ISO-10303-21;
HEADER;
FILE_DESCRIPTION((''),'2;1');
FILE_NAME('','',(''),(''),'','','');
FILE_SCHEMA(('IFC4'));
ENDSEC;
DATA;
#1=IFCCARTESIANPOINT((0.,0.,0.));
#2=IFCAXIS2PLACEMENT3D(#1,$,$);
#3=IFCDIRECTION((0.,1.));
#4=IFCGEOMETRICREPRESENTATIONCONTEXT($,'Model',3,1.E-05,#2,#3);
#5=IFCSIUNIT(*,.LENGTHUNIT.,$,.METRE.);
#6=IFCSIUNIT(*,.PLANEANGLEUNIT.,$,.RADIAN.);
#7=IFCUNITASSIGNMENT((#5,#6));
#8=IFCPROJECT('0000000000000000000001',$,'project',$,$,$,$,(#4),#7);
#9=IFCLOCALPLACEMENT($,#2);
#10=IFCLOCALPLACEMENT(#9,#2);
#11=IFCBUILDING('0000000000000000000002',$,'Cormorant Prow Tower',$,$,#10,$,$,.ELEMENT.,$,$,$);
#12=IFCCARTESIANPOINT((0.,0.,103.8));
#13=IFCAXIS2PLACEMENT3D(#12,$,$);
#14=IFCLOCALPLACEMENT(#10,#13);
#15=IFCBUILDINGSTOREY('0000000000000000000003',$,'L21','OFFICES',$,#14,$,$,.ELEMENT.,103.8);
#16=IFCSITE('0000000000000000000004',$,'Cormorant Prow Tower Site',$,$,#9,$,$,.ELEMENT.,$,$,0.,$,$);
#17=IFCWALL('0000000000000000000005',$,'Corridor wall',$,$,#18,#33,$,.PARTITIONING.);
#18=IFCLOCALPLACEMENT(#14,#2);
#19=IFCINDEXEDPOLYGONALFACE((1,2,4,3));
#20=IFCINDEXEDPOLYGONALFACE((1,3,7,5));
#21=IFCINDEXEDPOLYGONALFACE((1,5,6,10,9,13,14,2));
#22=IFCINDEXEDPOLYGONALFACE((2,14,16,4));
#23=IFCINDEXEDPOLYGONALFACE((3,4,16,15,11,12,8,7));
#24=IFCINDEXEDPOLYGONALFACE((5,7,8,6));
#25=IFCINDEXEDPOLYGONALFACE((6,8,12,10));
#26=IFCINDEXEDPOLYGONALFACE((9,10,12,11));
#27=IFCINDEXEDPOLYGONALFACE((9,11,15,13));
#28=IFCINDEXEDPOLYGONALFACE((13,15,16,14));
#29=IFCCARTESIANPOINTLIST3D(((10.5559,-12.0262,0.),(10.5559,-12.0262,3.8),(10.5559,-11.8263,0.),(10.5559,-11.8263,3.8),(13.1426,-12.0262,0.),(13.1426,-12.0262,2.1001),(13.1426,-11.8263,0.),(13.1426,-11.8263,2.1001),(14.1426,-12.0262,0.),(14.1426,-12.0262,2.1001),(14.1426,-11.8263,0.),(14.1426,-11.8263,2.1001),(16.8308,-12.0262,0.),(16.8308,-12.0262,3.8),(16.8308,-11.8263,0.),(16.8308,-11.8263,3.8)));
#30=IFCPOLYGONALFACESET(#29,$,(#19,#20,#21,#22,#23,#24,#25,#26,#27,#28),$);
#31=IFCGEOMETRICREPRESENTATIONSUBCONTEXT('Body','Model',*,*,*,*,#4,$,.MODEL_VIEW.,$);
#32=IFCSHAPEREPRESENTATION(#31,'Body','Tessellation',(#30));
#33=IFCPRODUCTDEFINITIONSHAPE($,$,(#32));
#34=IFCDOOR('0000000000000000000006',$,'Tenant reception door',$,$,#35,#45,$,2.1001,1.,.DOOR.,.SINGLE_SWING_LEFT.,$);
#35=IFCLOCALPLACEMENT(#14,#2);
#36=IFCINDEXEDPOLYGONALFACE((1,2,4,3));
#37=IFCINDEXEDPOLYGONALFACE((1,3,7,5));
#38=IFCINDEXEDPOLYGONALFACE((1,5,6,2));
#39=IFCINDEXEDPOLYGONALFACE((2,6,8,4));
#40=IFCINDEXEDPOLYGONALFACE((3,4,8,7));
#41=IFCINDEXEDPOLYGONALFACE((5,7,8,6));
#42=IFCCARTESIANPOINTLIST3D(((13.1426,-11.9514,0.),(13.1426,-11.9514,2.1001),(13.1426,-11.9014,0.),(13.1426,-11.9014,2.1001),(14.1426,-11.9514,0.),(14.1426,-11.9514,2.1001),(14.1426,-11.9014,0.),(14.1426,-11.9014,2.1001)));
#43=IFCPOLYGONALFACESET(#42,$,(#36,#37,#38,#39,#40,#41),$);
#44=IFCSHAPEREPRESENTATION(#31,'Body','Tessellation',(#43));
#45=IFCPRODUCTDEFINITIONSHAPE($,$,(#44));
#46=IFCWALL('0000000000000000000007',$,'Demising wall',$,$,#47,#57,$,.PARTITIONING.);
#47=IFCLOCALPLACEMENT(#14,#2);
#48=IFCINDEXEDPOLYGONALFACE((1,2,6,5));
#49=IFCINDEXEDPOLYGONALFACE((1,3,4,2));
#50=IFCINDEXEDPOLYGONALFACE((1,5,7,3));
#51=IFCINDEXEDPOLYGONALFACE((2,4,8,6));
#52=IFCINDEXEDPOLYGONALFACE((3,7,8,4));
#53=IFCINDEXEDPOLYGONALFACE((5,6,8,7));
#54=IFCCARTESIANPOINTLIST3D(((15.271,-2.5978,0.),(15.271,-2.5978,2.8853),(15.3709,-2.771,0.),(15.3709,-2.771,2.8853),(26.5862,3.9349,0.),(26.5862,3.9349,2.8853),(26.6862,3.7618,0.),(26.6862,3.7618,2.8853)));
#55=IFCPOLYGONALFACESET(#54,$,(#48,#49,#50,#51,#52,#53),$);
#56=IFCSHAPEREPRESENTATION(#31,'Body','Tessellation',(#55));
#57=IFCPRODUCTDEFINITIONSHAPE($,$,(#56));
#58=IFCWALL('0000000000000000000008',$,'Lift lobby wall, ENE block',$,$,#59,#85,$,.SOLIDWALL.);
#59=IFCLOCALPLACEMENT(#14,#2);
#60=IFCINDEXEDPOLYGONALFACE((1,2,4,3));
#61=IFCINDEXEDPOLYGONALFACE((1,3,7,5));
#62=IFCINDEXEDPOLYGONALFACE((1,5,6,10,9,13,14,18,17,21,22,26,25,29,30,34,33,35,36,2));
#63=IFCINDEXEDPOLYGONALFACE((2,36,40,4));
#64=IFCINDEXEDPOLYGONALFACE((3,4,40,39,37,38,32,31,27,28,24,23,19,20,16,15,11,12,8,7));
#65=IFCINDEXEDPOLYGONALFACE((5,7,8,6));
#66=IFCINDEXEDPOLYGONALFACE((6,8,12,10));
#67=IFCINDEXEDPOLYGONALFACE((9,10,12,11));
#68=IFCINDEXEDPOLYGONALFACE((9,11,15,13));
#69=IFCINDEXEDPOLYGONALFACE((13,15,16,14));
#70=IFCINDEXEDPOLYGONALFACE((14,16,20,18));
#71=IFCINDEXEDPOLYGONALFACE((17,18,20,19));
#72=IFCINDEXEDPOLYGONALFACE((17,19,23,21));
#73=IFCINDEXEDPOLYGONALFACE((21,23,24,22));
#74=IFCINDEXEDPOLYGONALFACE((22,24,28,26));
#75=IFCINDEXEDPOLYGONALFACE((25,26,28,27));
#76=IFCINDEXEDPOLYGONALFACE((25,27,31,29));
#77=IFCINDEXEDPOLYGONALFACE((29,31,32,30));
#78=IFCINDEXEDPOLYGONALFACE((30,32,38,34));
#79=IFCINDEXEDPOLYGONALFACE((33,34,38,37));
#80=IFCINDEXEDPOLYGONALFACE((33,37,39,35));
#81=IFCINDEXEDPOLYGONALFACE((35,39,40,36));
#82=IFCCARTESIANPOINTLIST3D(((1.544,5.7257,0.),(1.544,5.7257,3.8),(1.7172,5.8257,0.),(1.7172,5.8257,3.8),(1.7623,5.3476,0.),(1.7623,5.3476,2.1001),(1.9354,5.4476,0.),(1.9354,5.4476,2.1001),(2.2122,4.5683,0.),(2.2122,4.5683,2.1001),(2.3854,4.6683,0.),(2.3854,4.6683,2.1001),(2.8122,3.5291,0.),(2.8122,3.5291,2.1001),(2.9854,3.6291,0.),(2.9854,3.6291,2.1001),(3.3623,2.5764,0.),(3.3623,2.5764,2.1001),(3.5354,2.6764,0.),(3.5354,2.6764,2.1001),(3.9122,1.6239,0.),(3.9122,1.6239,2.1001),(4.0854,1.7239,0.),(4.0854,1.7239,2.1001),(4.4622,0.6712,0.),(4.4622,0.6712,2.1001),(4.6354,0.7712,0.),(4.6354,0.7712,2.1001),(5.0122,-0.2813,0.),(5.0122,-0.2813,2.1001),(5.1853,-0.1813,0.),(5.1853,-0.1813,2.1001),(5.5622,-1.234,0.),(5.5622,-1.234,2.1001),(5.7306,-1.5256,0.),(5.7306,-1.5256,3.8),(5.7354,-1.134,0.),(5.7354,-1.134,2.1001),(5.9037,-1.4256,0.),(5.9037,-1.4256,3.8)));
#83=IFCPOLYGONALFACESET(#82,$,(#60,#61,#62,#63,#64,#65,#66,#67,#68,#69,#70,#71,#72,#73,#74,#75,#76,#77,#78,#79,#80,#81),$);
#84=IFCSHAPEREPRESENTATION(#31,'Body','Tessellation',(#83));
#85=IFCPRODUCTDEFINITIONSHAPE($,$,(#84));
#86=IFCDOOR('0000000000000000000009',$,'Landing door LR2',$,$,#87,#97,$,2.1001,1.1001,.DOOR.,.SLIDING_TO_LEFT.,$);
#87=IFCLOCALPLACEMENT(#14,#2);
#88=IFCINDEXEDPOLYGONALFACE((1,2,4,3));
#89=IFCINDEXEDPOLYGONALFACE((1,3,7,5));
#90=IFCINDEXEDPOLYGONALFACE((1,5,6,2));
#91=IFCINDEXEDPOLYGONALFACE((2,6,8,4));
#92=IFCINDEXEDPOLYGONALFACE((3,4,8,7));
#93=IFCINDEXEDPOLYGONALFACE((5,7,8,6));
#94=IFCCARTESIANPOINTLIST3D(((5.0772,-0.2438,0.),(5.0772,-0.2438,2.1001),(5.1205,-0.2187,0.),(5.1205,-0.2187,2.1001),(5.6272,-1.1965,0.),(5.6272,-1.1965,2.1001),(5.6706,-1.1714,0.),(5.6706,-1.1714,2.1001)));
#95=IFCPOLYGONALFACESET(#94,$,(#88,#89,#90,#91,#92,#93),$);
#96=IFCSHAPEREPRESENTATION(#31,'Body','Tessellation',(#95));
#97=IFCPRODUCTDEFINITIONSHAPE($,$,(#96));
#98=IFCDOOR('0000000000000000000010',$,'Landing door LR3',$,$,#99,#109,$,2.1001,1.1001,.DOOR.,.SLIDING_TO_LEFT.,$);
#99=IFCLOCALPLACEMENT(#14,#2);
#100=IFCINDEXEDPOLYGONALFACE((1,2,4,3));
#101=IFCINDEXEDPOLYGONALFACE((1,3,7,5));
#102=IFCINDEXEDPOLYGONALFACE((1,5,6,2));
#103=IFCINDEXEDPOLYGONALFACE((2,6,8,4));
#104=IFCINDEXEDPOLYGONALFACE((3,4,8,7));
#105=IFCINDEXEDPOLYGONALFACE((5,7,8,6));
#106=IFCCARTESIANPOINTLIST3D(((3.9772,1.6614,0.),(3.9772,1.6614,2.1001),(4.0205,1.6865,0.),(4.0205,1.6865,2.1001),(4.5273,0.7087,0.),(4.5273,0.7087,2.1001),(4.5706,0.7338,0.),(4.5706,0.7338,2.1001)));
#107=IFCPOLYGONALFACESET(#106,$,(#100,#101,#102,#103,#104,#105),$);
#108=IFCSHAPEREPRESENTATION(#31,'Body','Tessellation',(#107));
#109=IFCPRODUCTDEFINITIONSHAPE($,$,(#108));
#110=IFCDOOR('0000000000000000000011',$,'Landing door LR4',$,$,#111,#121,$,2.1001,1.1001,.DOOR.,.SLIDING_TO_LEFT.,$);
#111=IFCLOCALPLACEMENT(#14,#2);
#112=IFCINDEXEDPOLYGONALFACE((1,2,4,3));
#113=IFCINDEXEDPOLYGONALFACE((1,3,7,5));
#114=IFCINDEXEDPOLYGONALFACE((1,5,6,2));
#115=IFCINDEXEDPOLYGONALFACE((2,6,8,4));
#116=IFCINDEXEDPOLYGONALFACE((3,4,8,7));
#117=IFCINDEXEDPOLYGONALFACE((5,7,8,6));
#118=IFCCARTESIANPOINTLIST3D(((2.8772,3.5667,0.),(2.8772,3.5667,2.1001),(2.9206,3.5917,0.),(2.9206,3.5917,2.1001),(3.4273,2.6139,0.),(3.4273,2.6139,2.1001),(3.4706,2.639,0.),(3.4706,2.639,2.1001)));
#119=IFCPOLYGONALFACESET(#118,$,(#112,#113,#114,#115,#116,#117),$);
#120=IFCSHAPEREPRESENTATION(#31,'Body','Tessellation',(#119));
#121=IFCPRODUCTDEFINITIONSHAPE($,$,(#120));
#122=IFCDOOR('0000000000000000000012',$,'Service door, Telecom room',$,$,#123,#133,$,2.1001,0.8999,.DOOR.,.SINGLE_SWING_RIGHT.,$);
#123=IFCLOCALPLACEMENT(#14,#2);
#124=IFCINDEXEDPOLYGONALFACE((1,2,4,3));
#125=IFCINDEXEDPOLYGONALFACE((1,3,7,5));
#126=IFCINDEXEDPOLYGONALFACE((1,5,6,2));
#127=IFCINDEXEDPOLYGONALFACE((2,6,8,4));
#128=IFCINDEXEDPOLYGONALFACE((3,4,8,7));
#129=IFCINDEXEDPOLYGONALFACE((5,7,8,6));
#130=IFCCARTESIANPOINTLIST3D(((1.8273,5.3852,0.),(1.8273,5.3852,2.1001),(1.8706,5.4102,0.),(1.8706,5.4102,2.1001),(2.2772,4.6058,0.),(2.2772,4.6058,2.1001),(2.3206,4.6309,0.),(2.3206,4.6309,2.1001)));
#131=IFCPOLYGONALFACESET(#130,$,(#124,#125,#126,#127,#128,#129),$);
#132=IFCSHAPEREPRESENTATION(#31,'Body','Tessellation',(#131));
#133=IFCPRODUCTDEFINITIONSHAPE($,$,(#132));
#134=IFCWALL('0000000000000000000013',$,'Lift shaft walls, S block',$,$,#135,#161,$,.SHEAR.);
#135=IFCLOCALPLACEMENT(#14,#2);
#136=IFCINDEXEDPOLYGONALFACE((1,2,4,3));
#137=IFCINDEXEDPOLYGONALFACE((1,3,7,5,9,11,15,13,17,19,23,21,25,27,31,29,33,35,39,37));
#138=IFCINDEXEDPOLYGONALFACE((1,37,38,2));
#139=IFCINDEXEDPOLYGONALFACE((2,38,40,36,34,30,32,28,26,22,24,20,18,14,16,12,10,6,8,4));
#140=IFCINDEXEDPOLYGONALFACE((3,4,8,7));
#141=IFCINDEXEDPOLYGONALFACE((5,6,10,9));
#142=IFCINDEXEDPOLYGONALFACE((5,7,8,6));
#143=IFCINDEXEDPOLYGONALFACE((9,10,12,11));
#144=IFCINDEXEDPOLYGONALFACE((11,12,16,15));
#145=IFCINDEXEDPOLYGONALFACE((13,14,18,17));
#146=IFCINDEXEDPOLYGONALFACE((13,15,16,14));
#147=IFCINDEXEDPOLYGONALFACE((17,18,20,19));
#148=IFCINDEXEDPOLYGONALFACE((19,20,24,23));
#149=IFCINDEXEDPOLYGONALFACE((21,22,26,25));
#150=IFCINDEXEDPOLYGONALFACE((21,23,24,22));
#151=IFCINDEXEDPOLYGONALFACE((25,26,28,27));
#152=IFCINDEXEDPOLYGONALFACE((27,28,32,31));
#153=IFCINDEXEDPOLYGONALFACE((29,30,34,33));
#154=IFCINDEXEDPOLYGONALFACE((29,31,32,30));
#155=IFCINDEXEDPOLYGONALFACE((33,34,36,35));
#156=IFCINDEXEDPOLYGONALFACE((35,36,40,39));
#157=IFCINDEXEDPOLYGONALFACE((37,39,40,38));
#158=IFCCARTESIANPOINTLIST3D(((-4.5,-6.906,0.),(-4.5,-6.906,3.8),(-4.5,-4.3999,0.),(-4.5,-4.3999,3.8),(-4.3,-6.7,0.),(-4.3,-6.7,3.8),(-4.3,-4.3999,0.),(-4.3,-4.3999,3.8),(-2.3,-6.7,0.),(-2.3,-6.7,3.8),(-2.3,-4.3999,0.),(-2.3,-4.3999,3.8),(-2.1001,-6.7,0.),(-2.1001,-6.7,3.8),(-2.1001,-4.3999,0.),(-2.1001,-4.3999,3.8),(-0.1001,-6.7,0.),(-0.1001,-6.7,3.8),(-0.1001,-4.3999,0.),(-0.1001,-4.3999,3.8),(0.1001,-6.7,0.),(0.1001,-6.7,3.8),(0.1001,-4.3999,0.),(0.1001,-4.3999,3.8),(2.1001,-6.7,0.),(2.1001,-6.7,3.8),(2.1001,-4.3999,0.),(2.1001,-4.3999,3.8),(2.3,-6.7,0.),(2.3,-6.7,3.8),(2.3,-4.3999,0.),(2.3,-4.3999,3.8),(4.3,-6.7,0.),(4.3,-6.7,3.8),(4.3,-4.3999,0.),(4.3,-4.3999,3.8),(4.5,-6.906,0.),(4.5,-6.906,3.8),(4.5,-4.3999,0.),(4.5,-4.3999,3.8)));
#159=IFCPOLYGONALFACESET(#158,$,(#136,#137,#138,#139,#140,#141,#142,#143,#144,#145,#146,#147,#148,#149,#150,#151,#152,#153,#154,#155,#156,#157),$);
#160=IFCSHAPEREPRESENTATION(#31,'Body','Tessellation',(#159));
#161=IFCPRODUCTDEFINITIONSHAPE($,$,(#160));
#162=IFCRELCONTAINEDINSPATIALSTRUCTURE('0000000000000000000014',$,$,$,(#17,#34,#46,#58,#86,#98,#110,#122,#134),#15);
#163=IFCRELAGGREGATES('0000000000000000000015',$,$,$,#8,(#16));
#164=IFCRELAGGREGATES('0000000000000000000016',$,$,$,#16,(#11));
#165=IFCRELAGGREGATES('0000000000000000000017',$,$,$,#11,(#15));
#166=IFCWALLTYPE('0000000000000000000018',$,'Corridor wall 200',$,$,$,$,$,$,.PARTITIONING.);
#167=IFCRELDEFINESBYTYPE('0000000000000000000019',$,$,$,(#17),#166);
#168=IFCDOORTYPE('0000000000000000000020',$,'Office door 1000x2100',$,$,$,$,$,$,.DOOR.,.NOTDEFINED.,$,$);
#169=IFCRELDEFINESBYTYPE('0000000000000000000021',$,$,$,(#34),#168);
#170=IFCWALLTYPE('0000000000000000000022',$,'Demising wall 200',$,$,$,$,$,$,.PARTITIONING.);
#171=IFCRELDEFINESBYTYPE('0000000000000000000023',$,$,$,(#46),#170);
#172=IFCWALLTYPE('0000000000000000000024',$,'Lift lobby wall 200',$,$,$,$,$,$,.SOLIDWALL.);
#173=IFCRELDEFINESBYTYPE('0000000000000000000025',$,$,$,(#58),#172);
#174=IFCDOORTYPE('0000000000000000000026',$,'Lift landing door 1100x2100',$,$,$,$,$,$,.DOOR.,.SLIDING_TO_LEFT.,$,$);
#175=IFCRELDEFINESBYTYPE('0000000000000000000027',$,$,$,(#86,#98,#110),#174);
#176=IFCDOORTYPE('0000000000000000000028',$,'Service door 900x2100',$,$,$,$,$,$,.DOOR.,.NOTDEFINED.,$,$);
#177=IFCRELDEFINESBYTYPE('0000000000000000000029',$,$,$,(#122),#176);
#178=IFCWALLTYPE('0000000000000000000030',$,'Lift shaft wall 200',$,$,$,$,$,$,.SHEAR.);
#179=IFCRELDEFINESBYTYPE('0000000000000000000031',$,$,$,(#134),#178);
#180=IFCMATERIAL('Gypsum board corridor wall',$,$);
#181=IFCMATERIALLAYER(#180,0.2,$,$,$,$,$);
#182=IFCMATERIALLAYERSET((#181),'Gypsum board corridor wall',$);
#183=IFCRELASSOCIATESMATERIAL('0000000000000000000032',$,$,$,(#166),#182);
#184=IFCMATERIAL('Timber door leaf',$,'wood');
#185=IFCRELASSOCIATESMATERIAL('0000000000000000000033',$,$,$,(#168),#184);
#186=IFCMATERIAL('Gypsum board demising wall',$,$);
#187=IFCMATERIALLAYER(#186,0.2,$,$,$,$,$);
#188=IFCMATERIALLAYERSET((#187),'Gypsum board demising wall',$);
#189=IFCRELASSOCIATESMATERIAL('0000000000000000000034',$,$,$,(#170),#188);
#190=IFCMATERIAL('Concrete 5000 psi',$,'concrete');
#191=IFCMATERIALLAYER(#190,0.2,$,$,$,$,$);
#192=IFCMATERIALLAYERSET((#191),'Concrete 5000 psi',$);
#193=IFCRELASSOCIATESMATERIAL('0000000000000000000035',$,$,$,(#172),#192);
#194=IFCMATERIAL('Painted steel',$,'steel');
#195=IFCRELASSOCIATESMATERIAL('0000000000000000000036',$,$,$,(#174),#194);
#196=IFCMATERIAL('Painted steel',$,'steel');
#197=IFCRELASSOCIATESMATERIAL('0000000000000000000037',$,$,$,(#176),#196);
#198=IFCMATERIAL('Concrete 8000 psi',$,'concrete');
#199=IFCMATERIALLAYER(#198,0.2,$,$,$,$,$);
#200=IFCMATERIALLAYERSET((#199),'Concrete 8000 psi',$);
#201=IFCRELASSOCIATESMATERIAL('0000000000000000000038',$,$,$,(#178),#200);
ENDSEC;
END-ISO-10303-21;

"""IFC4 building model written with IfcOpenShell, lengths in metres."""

from ifc_helpers import new_model, si_unit, direction, frame, frame_2d, origin, place, context, subcontext, project, spatial, polyline, rectangle, outline, extrude, material, layer, layer_set, type_object, element, fill, save


model = new_model("IFC4")

# Units and contexts
model_context = context("Model", 3, precision=1e-05, world=origin(), true_north=direction((0.0, 1.0)))
body_context = subcontext(model_context, "Body", "Model", "MODEL_VIEW")
ifc_project = project(units=[si_unit("LENGTHUNIT", "METRE"), si_unit("PLANEANGLEUNIT", "RADIAN")], contexts=[model_context])

# Site, building, storey
site_placement = place(None, origin())
site = spatial("IfcSite", under=ifc_project, at=site_placement, Name="Cormorant Prow Tower Site", CompositionType="ELEMENT", RefElevation=0.0)
building_placement = place(site_placement, origin())
building = spatial("IfcBuilding", under=site, at=building_placement, Name="Cormorant Prow Tower", CompositionType="ELEMENT")
storey_placement = place(building_placement, frame((0.0, 0.0, 103.8)))
storey = spatial("IfcBuildingStorey", under=building, at=storey_placement, Name="L21", Description="OFFICES", CompositionType="ELEMENT", Elevation=103.8)

# Wall, opening, door
ifc_material_1 = material(Name="Gypsum board corridor wall")
ifc_layer_1 = layer(ifc_material_1, 0.2)
ifc_layer_set_1 = layer_set([ifc_layer_1], Name="Gypsum board corridor wall")
wall_type_1 = type_object("IfcWallType", Name="Corridor wall 200", PredefinedType="PARTITIONING", material=ifc_layer_set_1)
wall_1_placement = place(storey_placement, frame((10.5559, -11.9263, 0.0), z_axis=(0.0, 0.0, 1.0), x_axis=(1.0, 0.0, 0.0)))
wall_1 = element("IfcWall", 1, at=wall_1_placement, inside=storey, type_object=wall_type_1, Name="Corridor wall", PredefinedType="PARTITIONING", context=body_context, shape_type="SweptSolid", body=[
    extrude(rectangle(XDim=6.2749, YDim=0.2, at=frame_2d((3.1375, 0.0))), origin(), (0.0, 0.0, 1.0), 3.8),
])
opening_1_placement = place(wall_1_placement, frame((2.5867, 0.0, 0.0)))
opening_1 = element("IfcOpeningElement", 2, at=opening_1_placement, cuts=wall_1, PredefinedType="OPENING", context=body_context, shape_type="SweptSolid", body=[
    extrude(rectangle(XDim=1.0, YDim=2.1001, at=frame_2d((0.5, 1.05))), frame((0.0, 0.1099, 0.0), z_axis=(0.0, -1.0, 0.0), x_axis=(1.0, 0.0, 0.0)), (0.0, 0.0, 1.0), 0.22),
])
ifc_material_2 = material(Name="Timber door leaf", Category="wood")
door_type_1 = type_object("IfcDoorType", Name="Office door 1000x2100", OperationType="NOTDEFINED", PredefinedType="DOOR", material=ifc_material_2)
door_1_placement = place(opening_1_placement, origin())
door_1 = element("IfcDoor", 3, at=door_1_placement, inside=storey, type_object=door_type_1, Name="Tenant reception door", OperationType="SINGLE_SWING_LEFT", OverallHeight=2.1001, OverallWidth=1.0, PredefinedType="DOOR", context=body_context, shape_type="SweptSolid", body=[
    extrude(rectangle(XDim=1.0, YDim=2.1001, at=frame_2d((0.5, 1.05))), frame((0.0, 0.0249, 0.0), z_axis=(0.0, -1.0, 0.0), x_axis=(1.0, 0.0, 0.0)), (0.0, 0.0, 1.0), 0.05),
])
fill(opening_1, door_1)

# Wall
ifc_material_3 = material(Name="Gypsum board demising wall")
ifc_layer_2 = layer(ifc_material_3, 0.2)
ifc_layer_set_2 = layer_set([ifc_layer_2], Name="Gypsum board demising wall")
wall_type_2 = type_object("IfcWallType", Name="Demising wall 200", PredefinedType="PARTITIONING", material=ifc_layer_set_2)
wall_2_placement = place(storey_placement, frame((15.321, -2.6843, 0.0), z_axis=(0.0, 0.0, 1.0), x_axis=(0.866029, 0.499994, 0.0)))
element("IfcWall", 4, at=wall_2_placement, inside=storey, type_object=wall_type_2, Name="Demising wall", PredefinedType="PARTITIONING", context=body_context, shape_type="SweptSolid", body=[
    extrude(rectangle(XDim=13.0657, YDim=0.2, at=frame_2d((6.5327, 0.0))), origin(), (0.0, 0.0, 1.0), 2.8853),
])

# Wall, openings, doors
ifc_material_4 = material(Name="Concrete 5000 psi", Category="concrete")
ifc_layer_3 = layer(ifc_material_4, 0.2)
ifc_layer_set_3 = layer_set([ifc_layer_3], Name="Concrete 5000 psi")
wall_type_3 = type_object("IfcWallType", Name="Lift lobby wall 200", PredefinedType="SOLIDWALL", material=ifc_layer_set_3)
wall_3_placement = place(storey_placement, frame((5.8171, -1.4756, 0.0), z_axis=(0.0, 0.0, 1.0), x_axis=(-0.500003, 0.866024, 0.0)))
wall_3 = element("IfcWall", 5, at=wall_3_placement, inside=storey, type_object=wall_type_3, Name="Lift lobby wall, ENE block", PredefinedType="SOLIDWALL", context=body_context, shape_type="SweptSolid", body=[
    extrude(rectangle(XDim=8.373, YDim=0.2, at=frame_2d((4.1865, 0.0))), origin(), (0.0, 0.0, 1.0), 3.8),
])
opening_2_placement = place(wall_3_placement, frame((0.3367, 0.0, 0.0)))
opening_2 = element("IfcOpeningElement", 6, at=opening_2_placement, cuts=wall_3, PredefinedType="OPENING", context=body_context, shape_type="SweptSolid", body=[
    extrude(rectangle(XDim=1.1001, YDim=2.1001, at=frame_2d((0.55, 1.05))), frame((0.0, 0.1099, 0.0), z_axis=(0.0, -1.0, 0.0), x_axis=(1.0, 0.0, 0.0)), (0.0, 0.0, 1.0), 0.22),
])
opening_3_placement = place(wall_3_placement, frame((2.5366, 0.0, 0.0)))
opening_3 = element("IfcOpeningElement", 7, at=opening_3_placement, cuts=wall_3, PredefinedType="OPENING", context=body_context, shape_type="SweptSolid", body=[
    extrude(rectangle(XDim=1.1001, YDim=2.1001, at=frame_2d((0.55, 1.05))), frame((0.0, 0.1099, 0.0), z_axis=(0.0, -1.0, 0.0), x_axis=(1.0, 0.0, 0.0)), (0.0, 0.0, 1.0), 0.22),
])
opening_4_placement = place(wall_3_placement, frame((4.7366, 0.0, 0.0)))
opening_4 = element("IfcOpeningElement", 8, at=opening_4_placement, cuts=wall_3, PredefinedType="OPENING", context=body_context, shape_type="SweptSolid", body=[
    extrude(rectangle(XDim=1.1001, YDim=2.1001, at=frame_2d((0.55, 1.05))), frame((0.0, 0.1099, 0.0), z_axis=(0.0, -1.0, 0.0), x_axis=(1.0, 0.0, 0.0)), (0.0, 0.0, 1.0), 0.22),
])
opening_5_placement = place(wall_3_placement, frame((7.0366, 0.0, 0.0)))
opening_5 = element("IfcOpeningElement", 9, at=opening_5_placement, cuts=wall_3, PredefinedType="OPENING", context=body_context, shape_type="SweptSolid", body=[
    extrude(rectangle(XDim=0.8999, YDim=2.1001, at=frame_2d((0.45, 1.05))), frame((0.0, 0.1099, 0.0), z_axis=(0.0, -1.0, 0.0), x_axis=(1.0, 0.0, 0.0)), (0.0, 0.0, 1.0), 0.22),
])
ifc_material_5 = material(Name="Painted steel", Category="steel")
door_type_2 = type_object("IfcDoorType", Name="Lift landing door 1100x2100", OperationType="SLIDING_TO_LEFT", PredefinedType="DOOR", material=ifc_material_5)
door_2_placement = place(opening_2_placement, origin())
door_2 = element("IfcDoor", 10, at=door_2_placement, inside=storey, type_object=door_type_2, Name="Landing door LR2", OperationType="SLIDING_TO_LEFT", OverallHeight=2.1001, OverallWidth=1.1001, PredefinedType="DOOR", context=body_context, shape_type="SweptSolid", body=[
    extrude(rectangle(XDim=1.1001, YDim=2.1001, at=frame_2d((0.55, 1.05))), frame((0.0, 0.0249, 0.0), z_axis=(0.0, -1.0, 0.0), x_axis=(1.0, 0.0, 0.0)), (0.0, 0.0, 1.0), 0.05),
])
fill(opening_2, door_2)
door_3_placement = place(opening_3_placement, origin())
door_3 = element("IfcDoor", 11, at=door_3_placement, inside=storey, type_object=door_type_2, Name="Landing door LR3", OperationType="SLIDING_TO_LEFT", OverallHeight=2.1001, OverallWidth=1.1001, PredefinedType="DOOR", context=body_context, shape_type="SweptSolid", body=[
    extrude(rectangle(XDim=1.1001, YDim=2.1001, at=frame_2d((0.55, 1.05))), frame((0.0, 0.0249, 0.0), z_axis=(0.0, -1.0, 0.0), x_axis=(1.0, 0.0, 0.0)), (0.0, 0.0, 1.0), 0.05),
])
fill(opening_3, door_3)
door_4_placement = place(opening_4_placement, origin())
door_4 = element("IfcDoor", 12, at=door_4_placement, inside=storey, type_object=door_type_2, Name="Landing door LR4", OperationType="SLIDING_TO_LEFT", OverallHeight=2.1001, OverallWidth=1.1001, PredefinedType="DOOR", context=body_context, shape_type="SweptSolid", body=[
    extrude(rectangle(XDim=1.1001, YDim=2.1001, at=frame_2d((0.55, 1.05))), frame((0.0, 0.0249, 0.0), z_axis=(0.0, -1.0, 0.0), x_axis=(1.0, 0.0, 0.0)), (0.0, 0.0, 1.0), 0.05),
])
fill(opening_4, door_4)
ifc_material_6 = material(Name="Painted steel", Category="steel")
door_type_3 = type_object("IfcDoorType", Name="Service door 900x2100", OperationType="NOTDEFINED", PredefinedType="DOOR", material=ifc_material_6)
door_5_placement = place(opening_5_placement, origin())
door_5 = element("IfcDoor", 13, at=door_5_placement, inside=storey, type_object=door_type_3, Name="Service door, Telecom room", OperationType="SINGLE_SWING_RIGHT", OverallHeight=2.1001, OverallWidth=0.8999, PredefinedType="DOOR", context=body_context, shape_type="SweptSolid", body=[
    extrude(rectangle(XDim=0.8999, YDim=2.1001, at=frame_2d((0.45, 1.05))), frame((0.0, 0.0249, 0.0), z_axis=(0.0, -1.0, 0.0), x_axis=(1.0, 0.0, 0.0)), (0.0, 0.0, 1.0), 0.05),
])
fill(opening_5, door_5)

# Wall
ifc_material_7 = material(Name="Concrete 8000 psi", Category="concrete")
ifc_layer_4 = layer(ifc_material_7, 0.2)
ifc_layer_set_4 = layer_set([ifc_layer_4], Name="Concrete 8000 psi")
wall_type_4 = type_object("IfcWallType", Name="Lift shaft wall 200", PredefinedType="SHEAR", material=ifc_layer_set_4)
wall_4_placement = place(storey_placement, origin())
element("IfcWall", 14, at=wall_4_placement, inside=storey, type_object=wall_type_4, Name="Lift shaft walls, S block", PredefinedType="SHEAR", context=body_context, shape_type="SweptSolid", body=[
    extrude(outline(polyline([(4.5, -4.3999), (4.5, -6.906), (-4.5, -6.906), (-4.5, -4.3999), (-4.3, -4.3999), (-4.3, -6.7), (-2.3, -6.7), (-2.3, -4.3999), (-2.1001, -4.3999), (-2.1001, -6.7), (-0.1001, -6.7), (-0.1001, -4.3999), (0.1001, -4.3999), (0.1001, -6.7), (2.1001, -6.7), (2.1001, -4.3999), (2.3, -4.3999), (2.3, -6.7), (4.3, -6.7), (4.3, -4.3999), (4.5, -4.3999)])), origin(), (0.0, 0.0, 1.0), 3.8),
])

save(model, "model.ifc")
